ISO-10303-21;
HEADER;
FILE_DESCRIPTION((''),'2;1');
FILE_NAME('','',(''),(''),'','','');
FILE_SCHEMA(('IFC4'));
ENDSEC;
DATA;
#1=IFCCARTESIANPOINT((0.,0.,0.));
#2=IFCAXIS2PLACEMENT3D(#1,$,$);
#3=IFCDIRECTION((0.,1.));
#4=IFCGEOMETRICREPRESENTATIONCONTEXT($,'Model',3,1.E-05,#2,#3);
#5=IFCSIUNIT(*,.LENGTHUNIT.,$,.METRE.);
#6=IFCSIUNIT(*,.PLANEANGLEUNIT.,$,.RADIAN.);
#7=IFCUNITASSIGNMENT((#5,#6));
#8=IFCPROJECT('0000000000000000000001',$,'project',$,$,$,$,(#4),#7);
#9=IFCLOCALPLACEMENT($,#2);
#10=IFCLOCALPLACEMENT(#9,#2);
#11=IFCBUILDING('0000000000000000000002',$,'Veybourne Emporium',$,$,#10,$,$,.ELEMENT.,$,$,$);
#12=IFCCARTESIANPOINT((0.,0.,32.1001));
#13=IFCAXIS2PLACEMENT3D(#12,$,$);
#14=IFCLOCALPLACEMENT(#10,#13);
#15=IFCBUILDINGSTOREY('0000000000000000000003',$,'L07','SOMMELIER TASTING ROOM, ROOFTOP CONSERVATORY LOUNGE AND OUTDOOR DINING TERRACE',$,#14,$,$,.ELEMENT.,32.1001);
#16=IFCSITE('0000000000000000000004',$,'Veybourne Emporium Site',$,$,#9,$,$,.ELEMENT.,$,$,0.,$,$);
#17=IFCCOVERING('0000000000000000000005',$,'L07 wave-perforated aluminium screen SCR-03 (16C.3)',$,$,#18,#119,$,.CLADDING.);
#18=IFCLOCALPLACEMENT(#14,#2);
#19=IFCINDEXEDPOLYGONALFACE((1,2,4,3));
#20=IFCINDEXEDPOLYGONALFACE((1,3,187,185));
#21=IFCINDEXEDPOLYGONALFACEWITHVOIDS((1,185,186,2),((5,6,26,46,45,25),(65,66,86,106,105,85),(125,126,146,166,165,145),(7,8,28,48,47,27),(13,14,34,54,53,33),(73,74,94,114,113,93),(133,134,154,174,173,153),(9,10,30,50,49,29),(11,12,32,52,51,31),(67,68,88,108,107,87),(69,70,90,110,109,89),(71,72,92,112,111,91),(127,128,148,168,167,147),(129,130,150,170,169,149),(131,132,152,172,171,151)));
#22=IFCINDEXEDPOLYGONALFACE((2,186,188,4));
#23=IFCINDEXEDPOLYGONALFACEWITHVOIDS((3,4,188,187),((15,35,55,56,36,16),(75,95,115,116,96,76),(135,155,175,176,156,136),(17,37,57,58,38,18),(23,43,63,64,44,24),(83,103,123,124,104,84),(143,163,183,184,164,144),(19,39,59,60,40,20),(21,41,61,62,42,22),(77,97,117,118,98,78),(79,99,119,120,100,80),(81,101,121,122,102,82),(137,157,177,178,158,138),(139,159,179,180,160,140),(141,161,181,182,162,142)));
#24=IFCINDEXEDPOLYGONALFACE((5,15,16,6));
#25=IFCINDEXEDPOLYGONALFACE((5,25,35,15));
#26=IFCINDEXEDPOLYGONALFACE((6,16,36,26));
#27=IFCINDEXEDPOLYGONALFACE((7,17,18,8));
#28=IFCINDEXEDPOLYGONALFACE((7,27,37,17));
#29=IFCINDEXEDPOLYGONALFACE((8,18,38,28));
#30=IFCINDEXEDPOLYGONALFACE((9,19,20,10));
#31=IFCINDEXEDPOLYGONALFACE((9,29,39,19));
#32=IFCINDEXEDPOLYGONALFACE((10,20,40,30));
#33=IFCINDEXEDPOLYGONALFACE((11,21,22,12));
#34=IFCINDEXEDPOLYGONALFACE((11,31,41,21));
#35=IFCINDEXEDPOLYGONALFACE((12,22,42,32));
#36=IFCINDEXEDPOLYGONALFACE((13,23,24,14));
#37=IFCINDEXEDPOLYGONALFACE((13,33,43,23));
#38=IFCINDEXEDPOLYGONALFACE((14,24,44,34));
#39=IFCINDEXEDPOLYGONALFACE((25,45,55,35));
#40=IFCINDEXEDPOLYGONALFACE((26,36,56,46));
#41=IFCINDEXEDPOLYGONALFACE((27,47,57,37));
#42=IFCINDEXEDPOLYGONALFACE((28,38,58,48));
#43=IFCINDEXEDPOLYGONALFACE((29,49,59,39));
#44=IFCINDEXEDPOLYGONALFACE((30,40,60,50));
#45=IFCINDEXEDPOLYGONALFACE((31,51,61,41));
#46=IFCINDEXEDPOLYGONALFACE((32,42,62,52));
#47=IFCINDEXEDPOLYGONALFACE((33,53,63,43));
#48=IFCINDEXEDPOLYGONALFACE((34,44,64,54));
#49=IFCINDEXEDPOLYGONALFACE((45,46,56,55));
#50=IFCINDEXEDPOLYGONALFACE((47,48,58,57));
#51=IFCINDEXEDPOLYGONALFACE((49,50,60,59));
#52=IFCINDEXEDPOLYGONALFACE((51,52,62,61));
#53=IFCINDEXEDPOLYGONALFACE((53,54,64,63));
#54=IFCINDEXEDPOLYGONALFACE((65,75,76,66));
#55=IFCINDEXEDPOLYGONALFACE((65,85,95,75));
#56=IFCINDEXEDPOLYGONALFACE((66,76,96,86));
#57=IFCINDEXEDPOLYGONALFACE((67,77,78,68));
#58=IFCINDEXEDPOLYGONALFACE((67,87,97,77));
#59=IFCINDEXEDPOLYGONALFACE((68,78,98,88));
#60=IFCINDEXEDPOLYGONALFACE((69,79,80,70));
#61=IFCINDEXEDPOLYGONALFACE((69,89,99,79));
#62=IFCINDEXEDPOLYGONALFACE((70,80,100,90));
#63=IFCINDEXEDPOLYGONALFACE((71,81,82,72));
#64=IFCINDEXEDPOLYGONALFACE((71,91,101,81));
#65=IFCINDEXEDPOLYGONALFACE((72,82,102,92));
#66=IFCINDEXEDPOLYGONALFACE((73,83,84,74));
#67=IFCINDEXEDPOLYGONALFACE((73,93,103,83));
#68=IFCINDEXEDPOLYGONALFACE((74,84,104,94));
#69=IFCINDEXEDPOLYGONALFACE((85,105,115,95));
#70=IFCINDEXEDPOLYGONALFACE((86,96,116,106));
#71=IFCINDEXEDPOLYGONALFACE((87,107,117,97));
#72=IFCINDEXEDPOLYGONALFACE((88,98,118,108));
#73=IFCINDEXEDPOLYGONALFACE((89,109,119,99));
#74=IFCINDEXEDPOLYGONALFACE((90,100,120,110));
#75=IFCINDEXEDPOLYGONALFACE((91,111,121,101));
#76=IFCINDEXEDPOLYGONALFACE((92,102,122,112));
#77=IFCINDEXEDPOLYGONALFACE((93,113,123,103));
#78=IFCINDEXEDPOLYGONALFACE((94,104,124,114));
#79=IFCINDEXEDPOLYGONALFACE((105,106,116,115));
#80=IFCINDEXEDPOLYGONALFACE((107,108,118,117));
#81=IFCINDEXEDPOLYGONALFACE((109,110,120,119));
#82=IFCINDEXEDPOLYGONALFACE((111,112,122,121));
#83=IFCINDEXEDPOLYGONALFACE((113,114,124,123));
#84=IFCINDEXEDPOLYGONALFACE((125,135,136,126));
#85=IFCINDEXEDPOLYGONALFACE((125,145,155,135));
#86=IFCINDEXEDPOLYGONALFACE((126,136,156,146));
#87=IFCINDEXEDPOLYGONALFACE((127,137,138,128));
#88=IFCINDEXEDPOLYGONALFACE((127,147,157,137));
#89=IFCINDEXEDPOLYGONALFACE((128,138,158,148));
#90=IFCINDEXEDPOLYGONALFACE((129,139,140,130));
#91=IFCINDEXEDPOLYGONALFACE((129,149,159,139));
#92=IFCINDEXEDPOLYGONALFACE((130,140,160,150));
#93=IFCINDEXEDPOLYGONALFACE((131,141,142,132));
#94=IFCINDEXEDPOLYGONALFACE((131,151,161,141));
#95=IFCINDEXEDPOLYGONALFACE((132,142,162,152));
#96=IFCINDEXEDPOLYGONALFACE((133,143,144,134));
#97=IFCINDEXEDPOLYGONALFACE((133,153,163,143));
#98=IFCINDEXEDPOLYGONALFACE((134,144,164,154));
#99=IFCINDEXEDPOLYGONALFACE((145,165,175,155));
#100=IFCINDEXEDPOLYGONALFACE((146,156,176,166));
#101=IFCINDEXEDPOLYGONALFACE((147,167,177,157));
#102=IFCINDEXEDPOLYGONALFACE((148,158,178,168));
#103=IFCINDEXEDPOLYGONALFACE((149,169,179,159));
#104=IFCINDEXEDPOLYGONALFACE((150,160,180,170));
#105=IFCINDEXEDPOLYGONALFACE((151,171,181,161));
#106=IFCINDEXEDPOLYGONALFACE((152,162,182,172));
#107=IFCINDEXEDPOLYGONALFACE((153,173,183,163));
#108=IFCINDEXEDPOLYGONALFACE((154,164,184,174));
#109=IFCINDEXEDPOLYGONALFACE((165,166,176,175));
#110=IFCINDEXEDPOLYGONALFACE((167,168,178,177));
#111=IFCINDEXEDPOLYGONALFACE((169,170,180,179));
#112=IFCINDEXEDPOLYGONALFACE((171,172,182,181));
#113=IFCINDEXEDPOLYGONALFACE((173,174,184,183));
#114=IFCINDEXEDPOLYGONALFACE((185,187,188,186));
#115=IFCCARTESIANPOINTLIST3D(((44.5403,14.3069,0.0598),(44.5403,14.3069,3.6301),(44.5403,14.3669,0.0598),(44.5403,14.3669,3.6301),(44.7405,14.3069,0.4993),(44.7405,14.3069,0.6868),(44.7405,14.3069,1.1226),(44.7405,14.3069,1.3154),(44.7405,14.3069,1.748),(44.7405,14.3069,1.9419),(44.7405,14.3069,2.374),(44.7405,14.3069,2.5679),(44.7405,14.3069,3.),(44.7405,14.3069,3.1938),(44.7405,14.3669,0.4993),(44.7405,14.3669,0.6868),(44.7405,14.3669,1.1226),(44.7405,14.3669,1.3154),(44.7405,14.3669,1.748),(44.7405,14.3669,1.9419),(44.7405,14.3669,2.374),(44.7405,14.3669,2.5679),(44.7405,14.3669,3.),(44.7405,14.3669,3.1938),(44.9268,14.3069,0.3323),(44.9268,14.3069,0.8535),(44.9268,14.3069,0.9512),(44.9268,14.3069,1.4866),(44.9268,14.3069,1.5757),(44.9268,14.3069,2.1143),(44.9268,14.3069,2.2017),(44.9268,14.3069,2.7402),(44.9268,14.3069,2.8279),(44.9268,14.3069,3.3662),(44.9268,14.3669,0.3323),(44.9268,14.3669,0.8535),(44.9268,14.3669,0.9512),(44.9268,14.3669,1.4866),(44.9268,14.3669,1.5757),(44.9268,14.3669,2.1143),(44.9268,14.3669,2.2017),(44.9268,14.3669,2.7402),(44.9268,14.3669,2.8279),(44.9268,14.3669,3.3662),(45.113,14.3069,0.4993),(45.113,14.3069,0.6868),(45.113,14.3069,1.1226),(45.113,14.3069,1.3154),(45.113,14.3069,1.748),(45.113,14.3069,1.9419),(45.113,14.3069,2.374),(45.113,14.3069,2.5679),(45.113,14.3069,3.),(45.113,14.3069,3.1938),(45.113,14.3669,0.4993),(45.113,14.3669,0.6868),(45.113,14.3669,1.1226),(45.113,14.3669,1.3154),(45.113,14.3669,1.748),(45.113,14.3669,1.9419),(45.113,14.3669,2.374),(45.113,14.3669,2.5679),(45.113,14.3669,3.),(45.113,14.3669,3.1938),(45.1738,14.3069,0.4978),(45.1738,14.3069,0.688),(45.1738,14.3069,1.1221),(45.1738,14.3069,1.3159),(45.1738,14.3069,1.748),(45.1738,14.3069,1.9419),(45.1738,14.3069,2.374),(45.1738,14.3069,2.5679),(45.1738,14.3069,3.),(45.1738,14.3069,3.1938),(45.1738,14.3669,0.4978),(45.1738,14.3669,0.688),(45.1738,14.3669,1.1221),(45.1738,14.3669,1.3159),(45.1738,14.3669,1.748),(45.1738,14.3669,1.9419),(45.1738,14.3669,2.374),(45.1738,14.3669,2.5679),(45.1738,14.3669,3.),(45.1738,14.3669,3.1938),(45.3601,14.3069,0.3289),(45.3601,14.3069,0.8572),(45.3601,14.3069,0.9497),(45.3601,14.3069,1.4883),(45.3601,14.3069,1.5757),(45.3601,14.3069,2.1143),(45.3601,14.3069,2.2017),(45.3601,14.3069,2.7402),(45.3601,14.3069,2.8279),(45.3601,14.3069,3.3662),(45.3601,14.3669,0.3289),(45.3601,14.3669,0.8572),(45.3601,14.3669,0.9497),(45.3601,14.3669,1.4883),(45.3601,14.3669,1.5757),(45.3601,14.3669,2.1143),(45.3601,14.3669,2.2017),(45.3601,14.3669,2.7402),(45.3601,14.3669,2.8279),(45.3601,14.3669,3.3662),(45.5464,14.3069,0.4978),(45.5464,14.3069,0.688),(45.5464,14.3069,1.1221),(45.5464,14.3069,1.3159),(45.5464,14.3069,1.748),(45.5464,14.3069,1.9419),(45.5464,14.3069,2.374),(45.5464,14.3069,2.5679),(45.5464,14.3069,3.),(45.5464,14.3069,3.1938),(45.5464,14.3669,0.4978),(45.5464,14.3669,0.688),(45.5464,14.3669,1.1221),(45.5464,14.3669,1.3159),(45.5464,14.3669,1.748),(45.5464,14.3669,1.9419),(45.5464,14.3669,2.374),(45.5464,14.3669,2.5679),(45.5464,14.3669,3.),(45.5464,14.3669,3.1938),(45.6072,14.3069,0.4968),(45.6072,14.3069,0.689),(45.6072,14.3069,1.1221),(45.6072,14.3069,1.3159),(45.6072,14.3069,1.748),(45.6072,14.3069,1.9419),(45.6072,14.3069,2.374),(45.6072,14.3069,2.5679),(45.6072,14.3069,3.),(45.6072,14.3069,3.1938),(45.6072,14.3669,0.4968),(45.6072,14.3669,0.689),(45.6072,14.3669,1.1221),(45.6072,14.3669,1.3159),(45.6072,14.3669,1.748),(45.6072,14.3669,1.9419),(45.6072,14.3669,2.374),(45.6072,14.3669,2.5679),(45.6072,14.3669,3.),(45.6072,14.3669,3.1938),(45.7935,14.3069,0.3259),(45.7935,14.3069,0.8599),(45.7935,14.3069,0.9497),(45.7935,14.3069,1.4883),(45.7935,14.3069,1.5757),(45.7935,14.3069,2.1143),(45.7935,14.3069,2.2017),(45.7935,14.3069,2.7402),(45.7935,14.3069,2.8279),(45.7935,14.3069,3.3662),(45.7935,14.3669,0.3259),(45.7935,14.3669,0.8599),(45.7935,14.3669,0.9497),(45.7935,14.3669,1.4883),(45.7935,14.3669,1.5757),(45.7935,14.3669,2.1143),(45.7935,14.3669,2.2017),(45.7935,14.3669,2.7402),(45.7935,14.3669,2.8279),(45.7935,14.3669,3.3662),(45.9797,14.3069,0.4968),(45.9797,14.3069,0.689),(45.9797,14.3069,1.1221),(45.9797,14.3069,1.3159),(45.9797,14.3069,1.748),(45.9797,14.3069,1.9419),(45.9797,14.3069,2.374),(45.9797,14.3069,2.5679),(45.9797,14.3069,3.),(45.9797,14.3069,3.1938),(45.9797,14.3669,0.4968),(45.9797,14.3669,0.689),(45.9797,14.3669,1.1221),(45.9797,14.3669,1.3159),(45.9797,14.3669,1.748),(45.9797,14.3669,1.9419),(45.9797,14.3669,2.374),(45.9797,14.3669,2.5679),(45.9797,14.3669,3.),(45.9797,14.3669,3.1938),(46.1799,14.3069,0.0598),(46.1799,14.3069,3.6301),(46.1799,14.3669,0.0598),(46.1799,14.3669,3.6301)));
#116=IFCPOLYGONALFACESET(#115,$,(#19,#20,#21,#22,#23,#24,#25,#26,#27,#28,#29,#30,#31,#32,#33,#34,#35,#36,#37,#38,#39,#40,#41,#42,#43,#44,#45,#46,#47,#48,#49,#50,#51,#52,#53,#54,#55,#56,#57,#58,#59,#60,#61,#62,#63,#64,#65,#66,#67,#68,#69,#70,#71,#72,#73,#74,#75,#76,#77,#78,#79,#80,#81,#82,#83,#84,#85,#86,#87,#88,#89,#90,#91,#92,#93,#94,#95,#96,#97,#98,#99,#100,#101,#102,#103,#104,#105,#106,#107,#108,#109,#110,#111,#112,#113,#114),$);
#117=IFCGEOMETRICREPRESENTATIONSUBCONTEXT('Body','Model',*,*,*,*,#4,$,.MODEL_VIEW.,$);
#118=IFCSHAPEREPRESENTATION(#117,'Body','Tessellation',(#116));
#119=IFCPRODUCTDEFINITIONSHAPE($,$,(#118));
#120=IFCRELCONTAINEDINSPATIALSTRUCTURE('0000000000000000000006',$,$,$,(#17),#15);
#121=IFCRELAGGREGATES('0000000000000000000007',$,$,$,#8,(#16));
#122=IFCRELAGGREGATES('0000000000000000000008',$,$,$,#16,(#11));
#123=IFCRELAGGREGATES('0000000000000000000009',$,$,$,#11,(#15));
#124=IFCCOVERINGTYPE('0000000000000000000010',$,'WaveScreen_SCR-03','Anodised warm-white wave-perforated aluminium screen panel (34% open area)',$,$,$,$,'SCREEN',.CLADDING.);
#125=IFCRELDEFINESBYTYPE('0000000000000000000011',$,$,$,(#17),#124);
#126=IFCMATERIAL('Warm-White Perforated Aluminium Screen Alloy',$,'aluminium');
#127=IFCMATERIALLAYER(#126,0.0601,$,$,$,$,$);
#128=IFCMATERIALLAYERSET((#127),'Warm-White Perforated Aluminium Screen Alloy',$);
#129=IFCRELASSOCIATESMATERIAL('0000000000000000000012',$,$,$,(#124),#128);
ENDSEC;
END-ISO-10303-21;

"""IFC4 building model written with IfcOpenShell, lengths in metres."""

from ifc_helpers import new_model, si_unit, direction, frame, origin, place, context, subcontext, project, spatial, polyline, outline, extrude, material, layer, layer_set, type_object, element, save


model = new_model("IFC4")

# Units and contexts
model_context = context("Model", 3, precision=1e-05, world=origin(), true_north=direction((0.0, 1.0)))
body_context = subcontext(model_context, "Body", "Model", "MODEL_VIEW")
ifc_project = project(units=[si_unit("LENGTHUNIT", "METRE"), si_unit("PLANEANGLEUNIT", "RADIAN")], contexts=[model_context])

# Site, building, storey
site_placement = place(None, origin())
site = spatial("IfcSite", under=ifc_project, at=site_placement, Name="Veybourne Emporium Site", CompositionType="ELEMENT", RefElevation=0.0)
building_placement = place(site_placement, origin())
building = spatial("IfcBuilding", under=site, at=building_placement, Name="Veybourne Emporium", CompositionType="ELEMENT")
storey_placement = place(building_placement, frame((0.0, 0.0, 32.1001)))
storey = spatial("IfcBuildingStorey", under=building, at=storey_placement, Name="L07", Description="SOMMELIER TASTING ROOM, ROOFTOP CONSERVATORY LOUNGE AND OUTDOOR DINING TERRACE", CompositionType="ELEMENT", Elevation=32.1001)

# Covering
ifc_material_1 = material(Name="Warm-White Perforated Aluminium Screen Alloy", Category="aluminium")
ifc_layer_1 = layer(ifc_material_1, 0.0601)
ifc_layer_set_1 = layer_set([ifc_layer_1], Name="Warm-White Perforated Aluminium Screen Alloy")
covering_type_1 = type_object("IfcCoveringType", Name="WaveScreen_SCR-03", Description="Anodised warm-white wave-perforated aluminium screen panel (34% open area)", ElementType="SCREEN", PredefinedType="CLADDING", material=ifc_layer_set_1)
covering_1_placement = place(storey_placement, frame((45.3601, 14.3069, 1.845), z_axis=(0.0, 1.0, 0.0), x_axis=(-1.0, 0.0, 0.0)))
element("IfcCovering", 1, at=covering_1_placement, inside=storey, type_object=covering_type_1, Name="L07 wave-perforated aluminium screen SCR-03 (16C.3)", PredefinedType="CLADDING", context=body_context, shape_type="SweptSolid", body=[
    extrude(outline(polyline([(-0.8198, -1.7852), (0.8198, -1.7852), (0.8198, 1.7852), (-0.8198, 1.7852), (-0.8198, -1.7852)]), holes=[polyline([(-0.4333, -0.9851), (-0.2471, -1.156), (-0.2471, -1.3481), (-0.4333, -1.519), (-0.6196, -1.3481), (-0.6196, -1.156), (-0.4333, -0.9851)]), polyline([(-0.4333, -0.3567), (-0.2471, -0.5291), (-0.2471, -0.7229), (-0.4333, -0.8953), (-0.6196, -0.7229), (-0.6196, -0.5291), (-0.4333, -0.3567)]), polyline([(-0.4333, 0.2693), (-0.2471, 0.0969), (-0.2471, -0.0969), (-0.4333, -0.2693), (-0.6196, -0.0969), (-0.6196, 0.0969), (-0.4333, 0.2693)]), polyline([(-0.4333, 0.8953), (-0.2471, 0.7229), (-0.2471, 0.5291), (-0.4333, 0.3567), (-0.6196, 0.5291), (-0.6196, 0.7229), (-0.4333, 0.8953)]), polyline([(-0.4333, 1.5212), (-0.2471, 1.3489), (-0.2471, 1.155), (-0.4333, 0.9829), (-0.6196, 1.155), (-0.6196, 1.3489), (-0.4333, 1.5212)]), polyline([(0.0, -0.9878), (0.1863, -1.157), (0.1863, -1.3472), (0.0, -1.5161), (-0.1863, -1.3472), (-0.1863, -1.157), (0.0, -0.9878)]), polyline([(0.0, -0.3567), (0.1863, -0.5291), (0.1863, -0.7229), (0.0, -0.8953), (-0.1863, -0.7229), (-0.1863, -0.5291), (0.0, -0.3567)]), polyline([(0.0, 0.2693), (0.1863, 0.0969), (0.1863, -0.0969), (0.0, -0.2693), (-0.1863, -0.0969), (-0.1863, 0.0969), (0.0, 0.2693)]), polyline([(0.0, 0.8953), (0.1863, 0.7229), (0.1863, 0.5291), (0.0, 0.3567), (-0.1863, 0.5291), (-0.1863, 0.7229), (0.0, 0.8953)]), polyline([(0.0, 1.5212), (0.1863, 1.3489), (0.1863, 1.155), (0.0, 0.9829), (-0.1863, 1.155), (-0.1863, 1.3489), (0.0, 1.5212)]), polyline([(0.4333, -0.9915), (0.6196, -1.1582), (0.6196, -1.3457), (0.4333, -1.5127), (0.2471, -1.3457), (0.2471, -1.1582), (0.4333, -0.9915)]), polyline([(0.4333, -0.3584), (0.6196, -0.5295), (0.6196, -0.7224), (0.4333, -0.8938), (0.2471, -0.7224), (0.2471, -0.5295), (0.4333, -0.3584)]), polyline([(0.4333, 0.2693), (0.6196, 0.0969), (0.6196, -0.0969), (0.4333, -0.2693), (0.2471, -0.0969), (0.2471, 0.0969), (0.4333, 0.2693)]), polyline([(0.4333, 0.8953), (0.6196, 0.7229), (0.6196, 0.5291), (0.4333, 0.3567), (0.2471, 0.5291), (0.2471, 0.7229), (0.4333, 0.8953)]), polyline([(0.4333, 1.5212), (0.6196, 1.3489), (0.6196, 1.155), (0.4333, 0.9829), (0.2471, 1.155), (0.2471, 1.3489), (0.4333, 1.5212)])]), origin(), (0.0, 0.0, 1.0), 0.0601),
])

save(model, "model.ifc")
